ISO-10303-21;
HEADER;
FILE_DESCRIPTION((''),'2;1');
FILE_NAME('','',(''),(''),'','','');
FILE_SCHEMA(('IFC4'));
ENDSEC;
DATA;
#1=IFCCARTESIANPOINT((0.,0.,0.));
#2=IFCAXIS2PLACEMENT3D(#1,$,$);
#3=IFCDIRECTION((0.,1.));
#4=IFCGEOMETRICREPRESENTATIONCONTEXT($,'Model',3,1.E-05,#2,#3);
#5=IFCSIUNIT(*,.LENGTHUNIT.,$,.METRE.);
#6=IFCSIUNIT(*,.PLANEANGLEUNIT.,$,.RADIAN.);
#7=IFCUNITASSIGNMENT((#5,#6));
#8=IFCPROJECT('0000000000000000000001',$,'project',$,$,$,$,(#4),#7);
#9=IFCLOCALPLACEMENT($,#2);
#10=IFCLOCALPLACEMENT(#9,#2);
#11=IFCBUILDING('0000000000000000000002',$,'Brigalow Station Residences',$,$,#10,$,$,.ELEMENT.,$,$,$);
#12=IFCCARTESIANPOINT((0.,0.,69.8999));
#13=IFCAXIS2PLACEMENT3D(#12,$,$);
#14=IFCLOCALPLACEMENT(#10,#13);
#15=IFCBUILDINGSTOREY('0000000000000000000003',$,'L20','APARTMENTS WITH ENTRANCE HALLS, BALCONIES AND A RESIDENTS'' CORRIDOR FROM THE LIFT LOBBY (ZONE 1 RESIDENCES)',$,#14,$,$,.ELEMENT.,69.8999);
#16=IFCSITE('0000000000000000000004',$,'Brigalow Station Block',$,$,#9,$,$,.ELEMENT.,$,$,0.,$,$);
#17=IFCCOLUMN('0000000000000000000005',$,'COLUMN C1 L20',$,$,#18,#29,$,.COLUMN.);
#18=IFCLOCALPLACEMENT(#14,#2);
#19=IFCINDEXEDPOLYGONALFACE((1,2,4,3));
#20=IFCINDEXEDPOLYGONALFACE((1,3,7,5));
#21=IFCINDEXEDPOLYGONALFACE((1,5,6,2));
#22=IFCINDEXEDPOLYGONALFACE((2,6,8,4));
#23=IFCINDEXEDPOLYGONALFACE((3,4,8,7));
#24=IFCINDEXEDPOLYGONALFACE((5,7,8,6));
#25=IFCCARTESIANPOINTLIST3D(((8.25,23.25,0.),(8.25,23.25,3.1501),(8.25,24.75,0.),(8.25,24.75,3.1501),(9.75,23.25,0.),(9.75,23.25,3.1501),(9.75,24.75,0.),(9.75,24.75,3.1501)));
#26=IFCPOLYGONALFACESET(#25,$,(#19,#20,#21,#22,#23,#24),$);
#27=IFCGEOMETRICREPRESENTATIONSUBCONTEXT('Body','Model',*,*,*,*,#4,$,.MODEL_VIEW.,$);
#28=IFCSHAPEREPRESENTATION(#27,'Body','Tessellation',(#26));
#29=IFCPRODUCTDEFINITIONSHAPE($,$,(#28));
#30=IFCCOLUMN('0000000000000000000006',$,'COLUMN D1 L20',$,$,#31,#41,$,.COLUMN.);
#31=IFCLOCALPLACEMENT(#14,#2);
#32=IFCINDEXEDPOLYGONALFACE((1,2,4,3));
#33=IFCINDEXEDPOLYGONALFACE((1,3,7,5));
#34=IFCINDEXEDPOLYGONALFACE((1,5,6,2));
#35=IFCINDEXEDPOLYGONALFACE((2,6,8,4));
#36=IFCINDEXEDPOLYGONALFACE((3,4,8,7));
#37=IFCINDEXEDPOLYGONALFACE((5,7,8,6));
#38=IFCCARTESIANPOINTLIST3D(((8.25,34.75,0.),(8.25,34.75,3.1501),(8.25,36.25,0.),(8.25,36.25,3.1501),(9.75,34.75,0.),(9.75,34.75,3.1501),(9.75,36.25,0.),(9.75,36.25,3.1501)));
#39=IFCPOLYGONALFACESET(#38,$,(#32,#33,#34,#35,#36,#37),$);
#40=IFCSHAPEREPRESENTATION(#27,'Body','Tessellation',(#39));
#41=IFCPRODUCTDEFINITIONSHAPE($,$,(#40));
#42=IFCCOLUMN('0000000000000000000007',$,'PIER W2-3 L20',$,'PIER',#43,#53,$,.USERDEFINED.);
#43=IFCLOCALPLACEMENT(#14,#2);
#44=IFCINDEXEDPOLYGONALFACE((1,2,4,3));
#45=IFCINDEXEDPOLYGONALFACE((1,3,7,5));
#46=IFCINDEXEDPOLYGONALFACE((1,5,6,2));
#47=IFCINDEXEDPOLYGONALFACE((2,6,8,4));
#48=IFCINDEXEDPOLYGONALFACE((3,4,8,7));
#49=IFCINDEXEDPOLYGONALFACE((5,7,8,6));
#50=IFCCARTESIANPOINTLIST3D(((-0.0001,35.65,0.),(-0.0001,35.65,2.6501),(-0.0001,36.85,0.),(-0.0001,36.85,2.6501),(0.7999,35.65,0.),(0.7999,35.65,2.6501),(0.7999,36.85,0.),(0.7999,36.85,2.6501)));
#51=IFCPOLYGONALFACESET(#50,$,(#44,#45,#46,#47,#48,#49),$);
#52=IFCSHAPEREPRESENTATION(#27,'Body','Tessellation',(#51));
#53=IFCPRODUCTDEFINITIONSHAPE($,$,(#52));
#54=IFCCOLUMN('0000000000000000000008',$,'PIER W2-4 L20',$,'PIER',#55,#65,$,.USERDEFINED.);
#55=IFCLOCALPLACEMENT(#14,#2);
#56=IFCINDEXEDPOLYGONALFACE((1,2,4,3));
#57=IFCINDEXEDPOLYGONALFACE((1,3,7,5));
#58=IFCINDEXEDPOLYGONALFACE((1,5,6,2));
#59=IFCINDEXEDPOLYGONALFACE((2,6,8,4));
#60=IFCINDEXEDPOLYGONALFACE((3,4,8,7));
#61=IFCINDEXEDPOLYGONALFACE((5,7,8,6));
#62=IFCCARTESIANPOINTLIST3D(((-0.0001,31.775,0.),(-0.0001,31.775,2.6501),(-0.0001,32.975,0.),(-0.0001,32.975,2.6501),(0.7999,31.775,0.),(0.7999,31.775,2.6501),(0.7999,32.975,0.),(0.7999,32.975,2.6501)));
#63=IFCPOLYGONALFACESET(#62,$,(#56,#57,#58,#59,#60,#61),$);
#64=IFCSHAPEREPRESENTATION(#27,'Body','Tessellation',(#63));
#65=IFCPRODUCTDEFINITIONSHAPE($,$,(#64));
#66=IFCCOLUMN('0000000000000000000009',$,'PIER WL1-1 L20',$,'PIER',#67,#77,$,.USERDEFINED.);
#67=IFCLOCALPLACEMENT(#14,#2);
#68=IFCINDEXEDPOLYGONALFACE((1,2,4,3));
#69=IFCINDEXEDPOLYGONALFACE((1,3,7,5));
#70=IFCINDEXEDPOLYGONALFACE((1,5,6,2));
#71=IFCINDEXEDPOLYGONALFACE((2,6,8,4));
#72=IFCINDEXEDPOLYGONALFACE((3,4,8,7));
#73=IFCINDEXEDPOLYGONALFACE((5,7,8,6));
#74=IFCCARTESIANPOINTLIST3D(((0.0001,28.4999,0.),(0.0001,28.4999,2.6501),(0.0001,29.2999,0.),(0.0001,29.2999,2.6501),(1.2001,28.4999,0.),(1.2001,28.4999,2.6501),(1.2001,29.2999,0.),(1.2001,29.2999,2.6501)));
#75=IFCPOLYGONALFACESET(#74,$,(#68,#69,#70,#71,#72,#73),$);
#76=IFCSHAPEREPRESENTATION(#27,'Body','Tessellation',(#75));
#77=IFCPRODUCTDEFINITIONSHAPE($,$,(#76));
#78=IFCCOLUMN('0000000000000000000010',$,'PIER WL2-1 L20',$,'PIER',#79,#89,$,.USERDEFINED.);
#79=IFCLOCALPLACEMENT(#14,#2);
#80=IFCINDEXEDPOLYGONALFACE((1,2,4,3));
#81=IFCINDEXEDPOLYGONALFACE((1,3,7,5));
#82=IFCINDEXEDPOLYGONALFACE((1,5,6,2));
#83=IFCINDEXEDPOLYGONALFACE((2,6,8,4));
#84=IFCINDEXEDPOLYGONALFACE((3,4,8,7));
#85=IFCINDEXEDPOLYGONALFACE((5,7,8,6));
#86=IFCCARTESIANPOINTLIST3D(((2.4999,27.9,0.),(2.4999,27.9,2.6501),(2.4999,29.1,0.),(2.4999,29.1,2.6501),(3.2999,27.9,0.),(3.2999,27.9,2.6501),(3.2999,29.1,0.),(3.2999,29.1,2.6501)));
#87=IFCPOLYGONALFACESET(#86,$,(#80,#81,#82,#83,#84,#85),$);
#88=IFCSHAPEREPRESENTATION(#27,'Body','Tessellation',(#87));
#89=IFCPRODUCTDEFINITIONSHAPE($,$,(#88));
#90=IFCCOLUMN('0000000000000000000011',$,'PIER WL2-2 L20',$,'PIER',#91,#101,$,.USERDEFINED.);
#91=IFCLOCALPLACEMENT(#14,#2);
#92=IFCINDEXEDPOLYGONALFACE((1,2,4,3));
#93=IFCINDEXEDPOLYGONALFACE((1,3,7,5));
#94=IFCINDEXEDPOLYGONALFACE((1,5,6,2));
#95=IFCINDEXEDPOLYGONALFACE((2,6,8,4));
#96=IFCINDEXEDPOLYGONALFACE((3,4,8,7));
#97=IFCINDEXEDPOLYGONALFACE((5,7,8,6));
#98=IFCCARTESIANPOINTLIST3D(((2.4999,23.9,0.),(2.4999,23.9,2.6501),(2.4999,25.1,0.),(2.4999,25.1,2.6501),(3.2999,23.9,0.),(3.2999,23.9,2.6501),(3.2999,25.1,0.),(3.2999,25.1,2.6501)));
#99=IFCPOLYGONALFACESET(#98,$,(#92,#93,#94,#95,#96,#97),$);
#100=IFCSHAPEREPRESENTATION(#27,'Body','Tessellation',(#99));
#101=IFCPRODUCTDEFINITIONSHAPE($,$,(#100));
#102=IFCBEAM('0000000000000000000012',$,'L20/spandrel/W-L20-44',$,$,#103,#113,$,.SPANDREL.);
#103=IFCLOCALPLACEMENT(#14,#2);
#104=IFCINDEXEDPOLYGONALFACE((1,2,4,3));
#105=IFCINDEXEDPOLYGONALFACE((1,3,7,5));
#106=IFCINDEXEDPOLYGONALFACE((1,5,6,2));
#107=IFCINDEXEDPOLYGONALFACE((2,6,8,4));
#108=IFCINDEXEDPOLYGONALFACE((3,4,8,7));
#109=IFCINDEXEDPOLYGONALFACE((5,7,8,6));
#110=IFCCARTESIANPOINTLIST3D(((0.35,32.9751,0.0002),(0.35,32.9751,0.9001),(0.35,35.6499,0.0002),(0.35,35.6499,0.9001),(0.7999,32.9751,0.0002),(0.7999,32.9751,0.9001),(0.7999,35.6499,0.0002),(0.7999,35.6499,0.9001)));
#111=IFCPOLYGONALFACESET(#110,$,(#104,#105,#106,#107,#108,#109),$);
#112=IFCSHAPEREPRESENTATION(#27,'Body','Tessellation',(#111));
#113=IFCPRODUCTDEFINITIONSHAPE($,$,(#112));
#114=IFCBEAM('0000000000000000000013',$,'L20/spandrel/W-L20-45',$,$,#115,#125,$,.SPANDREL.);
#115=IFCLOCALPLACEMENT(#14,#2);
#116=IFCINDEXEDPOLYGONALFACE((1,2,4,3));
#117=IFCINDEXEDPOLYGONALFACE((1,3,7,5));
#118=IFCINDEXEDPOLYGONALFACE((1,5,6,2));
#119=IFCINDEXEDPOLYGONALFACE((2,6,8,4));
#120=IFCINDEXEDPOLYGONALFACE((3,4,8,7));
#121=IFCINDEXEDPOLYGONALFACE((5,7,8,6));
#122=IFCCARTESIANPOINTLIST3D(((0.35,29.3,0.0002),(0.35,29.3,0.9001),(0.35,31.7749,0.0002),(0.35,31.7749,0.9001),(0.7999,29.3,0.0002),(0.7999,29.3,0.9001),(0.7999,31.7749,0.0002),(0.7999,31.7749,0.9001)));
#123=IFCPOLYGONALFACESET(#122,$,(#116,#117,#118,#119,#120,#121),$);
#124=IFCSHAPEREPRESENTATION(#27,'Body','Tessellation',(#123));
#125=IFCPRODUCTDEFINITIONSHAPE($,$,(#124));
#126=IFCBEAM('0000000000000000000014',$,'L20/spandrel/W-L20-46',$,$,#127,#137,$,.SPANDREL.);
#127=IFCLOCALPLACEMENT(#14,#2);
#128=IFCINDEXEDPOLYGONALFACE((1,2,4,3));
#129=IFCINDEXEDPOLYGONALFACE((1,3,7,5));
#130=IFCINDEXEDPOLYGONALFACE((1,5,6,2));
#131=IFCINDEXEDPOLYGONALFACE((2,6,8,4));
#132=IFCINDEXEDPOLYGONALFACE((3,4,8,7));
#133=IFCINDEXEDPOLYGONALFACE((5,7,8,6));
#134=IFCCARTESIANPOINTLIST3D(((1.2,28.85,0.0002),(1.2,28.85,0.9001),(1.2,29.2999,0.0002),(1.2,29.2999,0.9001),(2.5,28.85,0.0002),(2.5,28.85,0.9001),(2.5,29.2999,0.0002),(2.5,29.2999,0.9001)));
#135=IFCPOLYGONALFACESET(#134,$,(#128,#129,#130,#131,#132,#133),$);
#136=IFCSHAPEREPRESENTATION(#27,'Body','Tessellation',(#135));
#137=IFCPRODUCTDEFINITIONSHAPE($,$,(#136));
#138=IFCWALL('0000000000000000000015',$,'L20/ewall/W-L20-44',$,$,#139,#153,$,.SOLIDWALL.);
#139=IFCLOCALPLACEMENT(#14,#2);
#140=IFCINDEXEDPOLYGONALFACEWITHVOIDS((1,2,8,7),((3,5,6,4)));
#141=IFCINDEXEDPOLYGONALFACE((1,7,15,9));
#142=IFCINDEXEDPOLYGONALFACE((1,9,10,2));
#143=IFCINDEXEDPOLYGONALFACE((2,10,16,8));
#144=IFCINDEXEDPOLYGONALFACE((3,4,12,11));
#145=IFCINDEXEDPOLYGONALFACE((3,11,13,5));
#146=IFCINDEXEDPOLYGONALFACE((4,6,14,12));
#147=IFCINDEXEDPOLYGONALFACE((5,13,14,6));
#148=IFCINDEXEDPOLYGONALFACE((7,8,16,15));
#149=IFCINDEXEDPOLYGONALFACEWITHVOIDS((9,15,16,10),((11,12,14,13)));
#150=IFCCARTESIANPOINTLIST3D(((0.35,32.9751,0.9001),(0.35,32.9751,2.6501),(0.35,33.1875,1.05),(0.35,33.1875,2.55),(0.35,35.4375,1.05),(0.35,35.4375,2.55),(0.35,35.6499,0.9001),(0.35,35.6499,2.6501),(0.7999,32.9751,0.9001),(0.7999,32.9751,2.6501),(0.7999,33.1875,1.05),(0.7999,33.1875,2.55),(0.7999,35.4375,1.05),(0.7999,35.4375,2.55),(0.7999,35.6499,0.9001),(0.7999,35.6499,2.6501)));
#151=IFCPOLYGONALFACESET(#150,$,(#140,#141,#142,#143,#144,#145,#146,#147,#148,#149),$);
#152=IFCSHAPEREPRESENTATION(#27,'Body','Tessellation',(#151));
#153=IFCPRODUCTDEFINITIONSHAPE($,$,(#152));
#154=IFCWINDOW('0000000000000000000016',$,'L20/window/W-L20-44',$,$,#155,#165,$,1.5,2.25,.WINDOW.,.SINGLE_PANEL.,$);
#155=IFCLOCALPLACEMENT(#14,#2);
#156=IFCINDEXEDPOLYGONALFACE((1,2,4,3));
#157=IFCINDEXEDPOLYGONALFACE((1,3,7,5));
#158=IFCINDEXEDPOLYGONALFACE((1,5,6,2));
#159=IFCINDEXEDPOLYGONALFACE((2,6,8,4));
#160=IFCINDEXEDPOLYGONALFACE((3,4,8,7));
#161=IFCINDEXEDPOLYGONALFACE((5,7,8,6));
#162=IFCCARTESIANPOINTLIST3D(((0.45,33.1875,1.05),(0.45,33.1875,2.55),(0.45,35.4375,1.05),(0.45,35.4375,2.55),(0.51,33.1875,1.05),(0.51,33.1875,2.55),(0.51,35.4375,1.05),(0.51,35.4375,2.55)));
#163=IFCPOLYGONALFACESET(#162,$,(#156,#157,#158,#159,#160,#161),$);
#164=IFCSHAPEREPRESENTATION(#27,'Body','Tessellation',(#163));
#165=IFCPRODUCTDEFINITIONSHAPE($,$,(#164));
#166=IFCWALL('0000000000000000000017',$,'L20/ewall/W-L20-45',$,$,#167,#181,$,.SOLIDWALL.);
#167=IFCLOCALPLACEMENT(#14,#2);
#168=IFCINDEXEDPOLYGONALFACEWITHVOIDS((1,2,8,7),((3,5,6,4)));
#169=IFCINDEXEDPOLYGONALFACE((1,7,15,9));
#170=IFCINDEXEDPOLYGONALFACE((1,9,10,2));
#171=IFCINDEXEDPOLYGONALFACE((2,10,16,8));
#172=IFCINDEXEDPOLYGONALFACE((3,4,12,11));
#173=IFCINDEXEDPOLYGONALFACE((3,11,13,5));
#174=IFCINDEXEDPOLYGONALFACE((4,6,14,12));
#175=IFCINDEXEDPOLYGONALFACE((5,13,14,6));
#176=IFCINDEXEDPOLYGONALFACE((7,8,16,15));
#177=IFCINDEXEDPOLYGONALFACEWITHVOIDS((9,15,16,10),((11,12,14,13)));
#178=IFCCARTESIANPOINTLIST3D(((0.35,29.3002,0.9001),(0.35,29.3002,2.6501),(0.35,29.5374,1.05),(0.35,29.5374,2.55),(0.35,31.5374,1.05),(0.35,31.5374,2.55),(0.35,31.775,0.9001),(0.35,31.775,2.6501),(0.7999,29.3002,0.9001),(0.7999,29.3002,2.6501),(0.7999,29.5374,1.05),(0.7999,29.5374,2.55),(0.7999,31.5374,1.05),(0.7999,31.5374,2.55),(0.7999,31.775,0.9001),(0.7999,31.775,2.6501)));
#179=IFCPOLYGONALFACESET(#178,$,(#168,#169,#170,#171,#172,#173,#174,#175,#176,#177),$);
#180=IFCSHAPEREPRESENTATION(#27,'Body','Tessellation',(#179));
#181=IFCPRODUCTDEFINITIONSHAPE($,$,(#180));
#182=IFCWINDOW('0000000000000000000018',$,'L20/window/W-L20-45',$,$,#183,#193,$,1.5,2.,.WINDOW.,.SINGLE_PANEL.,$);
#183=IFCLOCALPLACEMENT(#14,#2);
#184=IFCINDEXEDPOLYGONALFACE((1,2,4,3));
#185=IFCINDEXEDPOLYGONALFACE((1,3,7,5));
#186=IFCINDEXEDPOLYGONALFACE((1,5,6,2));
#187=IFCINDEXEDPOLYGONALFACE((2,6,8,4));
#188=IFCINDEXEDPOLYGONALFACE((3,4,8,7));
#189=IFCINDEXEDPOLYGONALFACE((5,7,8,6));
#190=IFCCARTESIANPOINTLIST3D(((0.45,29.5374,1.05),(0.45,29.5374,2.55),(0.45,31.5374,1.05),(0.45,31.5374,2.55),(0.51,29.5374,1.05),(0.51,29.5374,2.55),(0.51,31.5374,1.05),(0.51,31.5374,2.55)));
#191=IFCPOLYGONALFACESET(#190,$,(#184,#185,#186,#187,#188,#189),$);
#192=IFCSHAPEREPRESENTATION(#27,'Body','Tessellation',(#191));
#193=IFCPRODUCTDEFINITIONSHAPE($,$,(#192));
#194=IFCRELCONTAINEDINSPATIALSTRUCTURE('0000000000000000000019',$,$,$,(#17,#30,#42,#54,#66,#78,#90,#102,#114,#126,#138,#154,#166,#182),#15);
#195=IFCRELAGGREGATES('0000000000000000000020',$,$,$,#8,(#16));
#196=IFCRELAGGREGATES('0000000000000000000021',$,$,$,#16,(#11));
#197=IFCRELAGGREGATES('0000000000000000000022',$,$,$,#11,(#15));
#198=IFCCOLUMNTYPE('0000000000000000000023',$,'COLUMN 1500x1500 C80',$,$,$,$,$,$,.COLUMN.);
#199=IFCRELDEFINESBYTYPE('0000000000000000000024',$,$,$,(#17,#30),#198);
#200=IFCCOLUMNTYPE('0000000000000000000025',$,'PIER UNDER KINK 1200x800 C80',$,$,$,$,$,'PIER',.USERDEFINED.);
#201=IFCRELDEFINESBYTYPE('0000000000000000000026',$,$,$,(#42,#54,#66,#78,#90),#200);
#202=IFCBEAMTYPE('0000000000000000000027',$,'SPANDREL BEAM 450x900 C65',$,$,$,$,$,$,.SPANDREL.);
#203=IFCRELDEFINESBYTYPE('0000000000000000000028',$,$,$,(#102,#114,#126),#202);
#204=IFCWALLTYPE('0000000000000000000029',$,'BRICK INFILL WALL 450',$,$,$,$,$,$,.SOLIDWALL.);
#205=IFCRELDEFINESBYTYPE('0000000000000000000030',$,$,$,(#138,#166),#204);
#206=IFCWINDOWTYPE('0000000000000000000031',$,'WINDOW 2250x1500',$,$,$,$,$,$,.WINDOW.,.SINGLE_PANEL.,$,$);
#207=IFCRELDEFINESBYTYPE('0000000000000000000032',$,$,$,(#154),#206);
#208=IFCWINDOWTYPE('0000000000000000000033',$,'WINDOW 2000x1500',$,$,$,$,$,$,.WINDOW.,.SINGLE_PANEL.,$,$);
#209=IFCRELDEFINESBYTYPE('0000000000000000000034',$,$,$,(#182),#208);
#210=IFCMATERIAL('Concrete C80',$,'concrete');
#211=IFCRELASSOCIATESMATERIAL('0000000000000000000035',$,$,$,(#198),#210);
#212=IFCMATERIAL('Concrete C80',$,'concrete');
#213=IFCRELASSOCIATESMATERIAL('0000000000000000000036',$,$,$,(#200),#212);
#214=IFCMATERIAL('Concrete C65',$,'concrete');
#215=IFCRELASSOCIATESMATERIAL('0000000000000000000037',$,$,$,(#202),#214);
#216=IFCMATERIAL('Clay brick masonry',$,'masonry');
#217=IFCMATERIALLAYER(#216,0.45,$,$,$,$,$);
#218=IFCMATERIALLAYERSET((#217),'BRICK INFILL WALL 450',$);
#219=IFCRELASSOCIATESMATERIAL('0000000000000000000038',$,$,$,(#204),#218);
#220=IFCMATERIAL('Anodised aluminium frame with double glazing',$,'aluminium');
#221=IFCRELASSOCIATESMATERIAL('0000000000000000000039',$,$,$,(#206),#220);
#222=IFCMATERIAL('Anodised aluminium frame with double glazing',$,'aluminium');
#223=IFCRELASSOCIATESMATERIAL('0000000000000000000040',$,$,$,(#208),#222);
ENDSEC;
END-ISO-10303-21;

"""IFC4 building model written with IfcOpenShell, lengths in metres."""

from ifc_helpers import new_model, si_unit, direction, frame, frame_2d, origin, origin_2d, place, context, subcontext, project, spatial, rectangle, extrude, material, layer, layer_set, material_profile, profile_set, type_object, element, fill, save


model = new_model("IFC4")

# Units and contexts
model_context = context("Model", 3, precision=1e-05, world=origin(), true_north=direction((0.0, 1.0)))
body_context = subcontext(model_context, "Body", "Model", "MODEL_VIEW")
ifc_project = project(units=[si_unit("LENGTHUNIT", "METRE"), si_unit("PLANEANGLEUNIT", "RADIAN")], contexts=[model_context])

# Site, building, storey
site_placement = place(None, origin())
site = spatial("IfcSite", under=ifc_project, at=site_placement, Name="Brigalow Station Block", CompositionType="ELEMENT", RefElevation=0.0)
building_placement = place(site_placement, origin())
building = spatial("IfcBuilding", under=site, at=building_placement, Name="Brigalow Station Residences", CompositionType="ELEMENT")
storey_placement = place(building_placement, frame((0.0, 0.0, 69.8999)))
storey = spatial("IfcBuildingStorey", under=building, at=storey_placement, Name="L20", Description="APARTMENTS WITH ENTRANCE HALLS, BALCONIES AND A RESIDENTS' CORRIDOR FROM THE LIFT LOBBY (ZONE 1 RESIDENCES)", CompositionType="ELEMENT", Elevation=69.8999)

# Columns
ifc_material_1 = material(Name="Concrete C80", Category="concrete")
ifc_material_profile_1 = material_profile(ifc_material_1, rectangle(XDim=1.5, YDim=1.5, at=origin_2d()), Name="RC1500x1500")
ifc_profile_set_1 = profile_set([ifc_material_profile_1], Name="Concrete C80")
column_type_1 = type_object("IfcColumnType", Name="COLUMN 1500x1500 C80", PredefinedType="COLUMN", material=ifc_profile_set_1)
for number, where, z_axis, x_axis, name in (
    (1, (9.0, 24.0, 0.0), (0.0, 0.0, 1.0), (1.0, 0.0, 0.0), "COLUMN C1 L20"),
    (2, (9.0, 35.5, 0.0), (0.0, 0.0, 1.0), (1.0, 0.0, 0.0), "COLUMN D1 L20"),
):
    element("IfcColumn", number, at=place(storey_placement, frame(where, z_axis=z_axis, x_axis=x_axis)), inside=storey, type_object=column_type_1, Name=name, PredefinedType="COLUMN", context=body_context, shape_type="SweptSolid", body=[
        extrude(rectangle(XDim=1.5, YDim=1.5, at=origin_2d()), origin(), (0.0, 0.0, 1.0), 3.1501),
    ])
ifc_material_2 = material(Name="Concrete C80", Category="concrete")
ifc_material_profile_2 = material_profile(ifc_material_2, rectangle(XDim=1.2, YDim=0.8, at=origin_2d()), Name="RC1200x800")
ifc_profile_set_2 = profile_set([ifc_material_profile_2], Name="Concrete C80")
column_type_2 = type_object("IfcColumnType", Name="PIER UNDER KINK 1200x800 C80", ElementType="PIER", PredefinedType="USERDEFINED", material=ifc_profile_set_2)
for number, where, z_axis, x_axis, name in (
    (3, (0.3999, 36.25, 0.0), (0.0, 0.0, 1.0), (0.0, -1.0, 0.0), "PIER W2-3 L20"),
    (4, (0.3999, 32.375, 0.0), (0.0, 0.0, 1.0), (0.0, -1.0, 0.0), "PIER W2-4 L20"),
    (5, (0.6001, 28.8999, 0.0), (0.0, 0.0, 1.0), (1.0, 0.0, 0.0), "PIER WL1-1 L20"),
    (6, (2.8999, 28.5, 0.0), (0.0, 0.0, 1.0), (0.0, -1.0, 0.0), "PIER WL2-1 L20"),
    (7, (2.8999, 24.5, 0.0), (0.0, 0.0, 1.0), (0.0, -1.0, 0.0), "PIER WL2-2 L20"),
):
    element("IfcColumn", number, at=place(storey_placement, frame(where, z_axis=z_axis, x_axis=x_axis)), inside=storey, type_object=column_type_2, Name=name, ObjectType="PIER", PredefinedType="USERDEFINED", context=body_context, shape_type="SweptSolid", body=[
        extrude(rectangle(XDim=1.2, YDim=0.8, at=origin_2d()), origin(), (0.0, 0.0, 1.0), 2.6501),
    ])

# Beams
ifc_material_3 = material(Name="Concrete C65", Category="concrete")
ifc_material_profile_3 = material_profile(ifc_material_3, rectangle(XDim=0.45, YDim=0.8999, at=origin_2d()), Name="RC450x900")
ifc_profile_set_3 = profile_set([ifc_material_profile_3], Name="Concrete C65")
beam_type = type_object("IfcBeamType", Name="SPANDREL BEAM 450x900 C65", PredefinedType="SPANDREL", material=ifc_profile_set_3)
beam_1_placement = place(storey_placement, frame((0.575, 35.6499, 0.4502), z_axis=(0.0, -1.0, 0.0), x_axis=(1.0, 0.0, 0.0)))
element("IfcBeam", 8, at=beam_1_placement, inside=storey, type_object=beam_type, Name="L20/spandrel/W-L20-44", PredefinedType="SPANDREL", context=body_context, shape_type="SweptSolid", body=[
    extrude(rectangle(XDim=0.45, YDim=0.8999, at=origin_2d()), origin(), (0.0, 0.0, 1.0), 2.6748),
])
beam_2_placement = place(storey_placement, frame((0.575, 31.7749, 0.4502), z_axis=(0.0, -1.0, 0.0), x_axis=(1.0, 0.0, 0.0)))
element("IfcBeam", 9, at=beam_2_placement, inside=storey, type_object=beam_type, Name="L20/spandrel/W-L20-45", PredefinedType="SPANDREL", context=body_context, shape_type="SweptSolid", body=[
    extrude(rectangle(XDim=0.45, YDim=0.8999, at=origin_2d()), origin(), (0.0, 0.0, 1.0), 2.4749),
])
beam_3_placement = place(storey_placement, frame((1.2, 29.075, 0.4502), z_axis=(1.0, 0.0, 0.0), x_axis=(0.0, 1.0, 0.0)))
element("IfcBeam", 10, at=beam_3_placement, inside=storey, type_object=beam_type, Name="L20/spandrel/W-L20-46", PredefinedType="SPANDREL", context=body_context, shape_type="SweptSolid", body=[
    extrude(rectangle(XDim=0.45, YDim=0.8999, at=origin_2d()), origin(), (0.0, 0.0, 1.0), 1.3),
])

# Walls, openings, windows
ifc_material_4 = material(Name="Clay brick masonry", Category="masonry")
ifc_layer_1 = layer(ifc_material_4, 0.45)
ifc_layer_set_1 = layer_set([ifc_layer_1], Name="BRICK INFILL WALL 450")
wall_type_1 = type_object("IfcWallType", Name="BRICK INFILL WALL 450", PredefinedType="SOLIDWALL", material=ifc_layer_set_1)
wall_1_placement = place(storey_placement, frame((0.575, 35.6499, 0.9001), z_axis=(0.0, 0.0, 1.0), x_axis=(0.0, -1.0, 0.0)))
wall_1 = element("IfcWall", 11, at=wall_1_placement, inside=storey, type_object=wall_type_1, Name="L20/ewall/W-L20-44", PredefinedType="SOLIDWALL", context=body_context, shape_type="SweptSolid", body=[
    extrude(rectangle(XDim=2.6748, YDim=0.45, at=frame_2d((1.3374, 0.0))), origin(), (0.0, 0.0, 1.0), 1.75),
])
opening_1_placement = place(wall_1_placement, frame((0.2124, 0.0, 0.1499)))
opening_1 = element("IfcOpeningElement", 12, at=opening_1_placement, cuts=wall_1, PredefinedType="OPENING", context=body_context, shape_type="SweptSolid", body=[
    extrude(rectangle(XDim=2.25, YDim=1.5, at=frame_2d((1.125, 0.75))), frame((0.0, 0.2349, 0.0), z_axis=(0.0, -1.0, 0.0), x_axis=(1.0, 0.0, 0.0)), (0.0, 0.0, 1.0), 0.47),
])
ifc_material_5 = material(Name="Anodised aluminium frame with double glazing", Category="aluminium")
window_type_1 = type_object("IfcWindowType", Name="WINDOW 2250x1500", PartitioningType="SINGLE_PANEL", PredefinedType="WINDOW", material=ifc_material_5)
window_1_placement = place(opening_1_placement, origin())
window_1 = element("IfcWindow", 13, at=window_1_placement, inside=storey, type_object=window_type_1, Name="L20/window/W-L20-44", OverallHeight=1.5, OverallWidth=2.25, PartitioningType="SINGLE_PANEL", PredefinedType="WINDOW", context=body_context, shape_type="SweptSolid", body=[
    extrude(rectangle(XDim=2.25, YDim=1.5, at=frame_2d((1.125, 0.75))), frame((0.0, -0.0649, 0.0), z_axis=(0.0, -1.0, 0.0), x_axis=(1.0, 0.0, 0.0)), (0.0, 0.0, 1.0), 0.0601),
])
fill(opening_1, window_1)
wall_2_placement = place(storey_placement, frame((0.575, 31.7749, 0.9001), z_axis=(0.0, 0.0, 1.0), x_axis=(0.0, -1.0, 0.0)))
wall_2 = element("IfcWall", 14, at=wall_2_placement, inside=storey, type_object=wall_type_1, Name="L20/ewall/W-L20-45", PredefinedType="SOLIDWALL", context=body_context, shape_type="SweptSolid", body=[
    extrude(rectangle(XDim=2.4749, YDim=0.45, at=frame_2d((1.2373, 0.0))), origin(), (0.0, 0.0, 1.0), 1.75),
])
opening_2_placement = place(wall_2_placement, frame((0.2375, 0.0, 0.1499)))
opening_2 = element("IfcOpeningElement", 15, at=opening_2_placement, cuts=wall_2, PredefinedType="OPENING", context=body_context, shape_type="SweptSolid", body=[
    extrude(rectangle(XDim=2.0, YDim=1.5, at=frame_2d((1.0, 0.75))), frame((0.0, 0.2349, 0.0), z_axis=(0.0, -1.0, 0.0), x_axis=(1.0, 0.0, 0.0)), (0.0, 0.0, 1.0), 0.47),
])
ifc_material_6 = material(Name="Anodised aluminium frame with double glazing", Category="aluminium")
window_type_2 = type_object("IfcWindowType", Name="WINDOW 2000x1500", PartitioningType="SINGLE_PANEL", PredefinedType="WINDOW", material=ifc_material_6)
window_2_placement = place(opening_2_placement, origin())
window_2 = element("IfcWindow", 16, at=window_2_placement, inside=storey, type_object=window_type_2, Name="L20/window/W-L20-45", OverallHeight=1.5, OverallWidth=2.0, PartitioningType="SINGLE_PANEL", PredefinedType="WINDOW", context=body_context, shape_type="SweptSolid", body=[
    extrude(rectangle(XDim=2.0, YDim=1.5, at=frame_2d((1.0, 0.75))), frame((0.0, -0.0649, 0.0), z_axis=(0.0, -1.0, 0.0), x_axis=(1.0, 0.0, 0.0)), (0.0, 0.0, 1.0), 0.0601),
])
fill(opening_2, window_2)

save(model, "model.ifc")
